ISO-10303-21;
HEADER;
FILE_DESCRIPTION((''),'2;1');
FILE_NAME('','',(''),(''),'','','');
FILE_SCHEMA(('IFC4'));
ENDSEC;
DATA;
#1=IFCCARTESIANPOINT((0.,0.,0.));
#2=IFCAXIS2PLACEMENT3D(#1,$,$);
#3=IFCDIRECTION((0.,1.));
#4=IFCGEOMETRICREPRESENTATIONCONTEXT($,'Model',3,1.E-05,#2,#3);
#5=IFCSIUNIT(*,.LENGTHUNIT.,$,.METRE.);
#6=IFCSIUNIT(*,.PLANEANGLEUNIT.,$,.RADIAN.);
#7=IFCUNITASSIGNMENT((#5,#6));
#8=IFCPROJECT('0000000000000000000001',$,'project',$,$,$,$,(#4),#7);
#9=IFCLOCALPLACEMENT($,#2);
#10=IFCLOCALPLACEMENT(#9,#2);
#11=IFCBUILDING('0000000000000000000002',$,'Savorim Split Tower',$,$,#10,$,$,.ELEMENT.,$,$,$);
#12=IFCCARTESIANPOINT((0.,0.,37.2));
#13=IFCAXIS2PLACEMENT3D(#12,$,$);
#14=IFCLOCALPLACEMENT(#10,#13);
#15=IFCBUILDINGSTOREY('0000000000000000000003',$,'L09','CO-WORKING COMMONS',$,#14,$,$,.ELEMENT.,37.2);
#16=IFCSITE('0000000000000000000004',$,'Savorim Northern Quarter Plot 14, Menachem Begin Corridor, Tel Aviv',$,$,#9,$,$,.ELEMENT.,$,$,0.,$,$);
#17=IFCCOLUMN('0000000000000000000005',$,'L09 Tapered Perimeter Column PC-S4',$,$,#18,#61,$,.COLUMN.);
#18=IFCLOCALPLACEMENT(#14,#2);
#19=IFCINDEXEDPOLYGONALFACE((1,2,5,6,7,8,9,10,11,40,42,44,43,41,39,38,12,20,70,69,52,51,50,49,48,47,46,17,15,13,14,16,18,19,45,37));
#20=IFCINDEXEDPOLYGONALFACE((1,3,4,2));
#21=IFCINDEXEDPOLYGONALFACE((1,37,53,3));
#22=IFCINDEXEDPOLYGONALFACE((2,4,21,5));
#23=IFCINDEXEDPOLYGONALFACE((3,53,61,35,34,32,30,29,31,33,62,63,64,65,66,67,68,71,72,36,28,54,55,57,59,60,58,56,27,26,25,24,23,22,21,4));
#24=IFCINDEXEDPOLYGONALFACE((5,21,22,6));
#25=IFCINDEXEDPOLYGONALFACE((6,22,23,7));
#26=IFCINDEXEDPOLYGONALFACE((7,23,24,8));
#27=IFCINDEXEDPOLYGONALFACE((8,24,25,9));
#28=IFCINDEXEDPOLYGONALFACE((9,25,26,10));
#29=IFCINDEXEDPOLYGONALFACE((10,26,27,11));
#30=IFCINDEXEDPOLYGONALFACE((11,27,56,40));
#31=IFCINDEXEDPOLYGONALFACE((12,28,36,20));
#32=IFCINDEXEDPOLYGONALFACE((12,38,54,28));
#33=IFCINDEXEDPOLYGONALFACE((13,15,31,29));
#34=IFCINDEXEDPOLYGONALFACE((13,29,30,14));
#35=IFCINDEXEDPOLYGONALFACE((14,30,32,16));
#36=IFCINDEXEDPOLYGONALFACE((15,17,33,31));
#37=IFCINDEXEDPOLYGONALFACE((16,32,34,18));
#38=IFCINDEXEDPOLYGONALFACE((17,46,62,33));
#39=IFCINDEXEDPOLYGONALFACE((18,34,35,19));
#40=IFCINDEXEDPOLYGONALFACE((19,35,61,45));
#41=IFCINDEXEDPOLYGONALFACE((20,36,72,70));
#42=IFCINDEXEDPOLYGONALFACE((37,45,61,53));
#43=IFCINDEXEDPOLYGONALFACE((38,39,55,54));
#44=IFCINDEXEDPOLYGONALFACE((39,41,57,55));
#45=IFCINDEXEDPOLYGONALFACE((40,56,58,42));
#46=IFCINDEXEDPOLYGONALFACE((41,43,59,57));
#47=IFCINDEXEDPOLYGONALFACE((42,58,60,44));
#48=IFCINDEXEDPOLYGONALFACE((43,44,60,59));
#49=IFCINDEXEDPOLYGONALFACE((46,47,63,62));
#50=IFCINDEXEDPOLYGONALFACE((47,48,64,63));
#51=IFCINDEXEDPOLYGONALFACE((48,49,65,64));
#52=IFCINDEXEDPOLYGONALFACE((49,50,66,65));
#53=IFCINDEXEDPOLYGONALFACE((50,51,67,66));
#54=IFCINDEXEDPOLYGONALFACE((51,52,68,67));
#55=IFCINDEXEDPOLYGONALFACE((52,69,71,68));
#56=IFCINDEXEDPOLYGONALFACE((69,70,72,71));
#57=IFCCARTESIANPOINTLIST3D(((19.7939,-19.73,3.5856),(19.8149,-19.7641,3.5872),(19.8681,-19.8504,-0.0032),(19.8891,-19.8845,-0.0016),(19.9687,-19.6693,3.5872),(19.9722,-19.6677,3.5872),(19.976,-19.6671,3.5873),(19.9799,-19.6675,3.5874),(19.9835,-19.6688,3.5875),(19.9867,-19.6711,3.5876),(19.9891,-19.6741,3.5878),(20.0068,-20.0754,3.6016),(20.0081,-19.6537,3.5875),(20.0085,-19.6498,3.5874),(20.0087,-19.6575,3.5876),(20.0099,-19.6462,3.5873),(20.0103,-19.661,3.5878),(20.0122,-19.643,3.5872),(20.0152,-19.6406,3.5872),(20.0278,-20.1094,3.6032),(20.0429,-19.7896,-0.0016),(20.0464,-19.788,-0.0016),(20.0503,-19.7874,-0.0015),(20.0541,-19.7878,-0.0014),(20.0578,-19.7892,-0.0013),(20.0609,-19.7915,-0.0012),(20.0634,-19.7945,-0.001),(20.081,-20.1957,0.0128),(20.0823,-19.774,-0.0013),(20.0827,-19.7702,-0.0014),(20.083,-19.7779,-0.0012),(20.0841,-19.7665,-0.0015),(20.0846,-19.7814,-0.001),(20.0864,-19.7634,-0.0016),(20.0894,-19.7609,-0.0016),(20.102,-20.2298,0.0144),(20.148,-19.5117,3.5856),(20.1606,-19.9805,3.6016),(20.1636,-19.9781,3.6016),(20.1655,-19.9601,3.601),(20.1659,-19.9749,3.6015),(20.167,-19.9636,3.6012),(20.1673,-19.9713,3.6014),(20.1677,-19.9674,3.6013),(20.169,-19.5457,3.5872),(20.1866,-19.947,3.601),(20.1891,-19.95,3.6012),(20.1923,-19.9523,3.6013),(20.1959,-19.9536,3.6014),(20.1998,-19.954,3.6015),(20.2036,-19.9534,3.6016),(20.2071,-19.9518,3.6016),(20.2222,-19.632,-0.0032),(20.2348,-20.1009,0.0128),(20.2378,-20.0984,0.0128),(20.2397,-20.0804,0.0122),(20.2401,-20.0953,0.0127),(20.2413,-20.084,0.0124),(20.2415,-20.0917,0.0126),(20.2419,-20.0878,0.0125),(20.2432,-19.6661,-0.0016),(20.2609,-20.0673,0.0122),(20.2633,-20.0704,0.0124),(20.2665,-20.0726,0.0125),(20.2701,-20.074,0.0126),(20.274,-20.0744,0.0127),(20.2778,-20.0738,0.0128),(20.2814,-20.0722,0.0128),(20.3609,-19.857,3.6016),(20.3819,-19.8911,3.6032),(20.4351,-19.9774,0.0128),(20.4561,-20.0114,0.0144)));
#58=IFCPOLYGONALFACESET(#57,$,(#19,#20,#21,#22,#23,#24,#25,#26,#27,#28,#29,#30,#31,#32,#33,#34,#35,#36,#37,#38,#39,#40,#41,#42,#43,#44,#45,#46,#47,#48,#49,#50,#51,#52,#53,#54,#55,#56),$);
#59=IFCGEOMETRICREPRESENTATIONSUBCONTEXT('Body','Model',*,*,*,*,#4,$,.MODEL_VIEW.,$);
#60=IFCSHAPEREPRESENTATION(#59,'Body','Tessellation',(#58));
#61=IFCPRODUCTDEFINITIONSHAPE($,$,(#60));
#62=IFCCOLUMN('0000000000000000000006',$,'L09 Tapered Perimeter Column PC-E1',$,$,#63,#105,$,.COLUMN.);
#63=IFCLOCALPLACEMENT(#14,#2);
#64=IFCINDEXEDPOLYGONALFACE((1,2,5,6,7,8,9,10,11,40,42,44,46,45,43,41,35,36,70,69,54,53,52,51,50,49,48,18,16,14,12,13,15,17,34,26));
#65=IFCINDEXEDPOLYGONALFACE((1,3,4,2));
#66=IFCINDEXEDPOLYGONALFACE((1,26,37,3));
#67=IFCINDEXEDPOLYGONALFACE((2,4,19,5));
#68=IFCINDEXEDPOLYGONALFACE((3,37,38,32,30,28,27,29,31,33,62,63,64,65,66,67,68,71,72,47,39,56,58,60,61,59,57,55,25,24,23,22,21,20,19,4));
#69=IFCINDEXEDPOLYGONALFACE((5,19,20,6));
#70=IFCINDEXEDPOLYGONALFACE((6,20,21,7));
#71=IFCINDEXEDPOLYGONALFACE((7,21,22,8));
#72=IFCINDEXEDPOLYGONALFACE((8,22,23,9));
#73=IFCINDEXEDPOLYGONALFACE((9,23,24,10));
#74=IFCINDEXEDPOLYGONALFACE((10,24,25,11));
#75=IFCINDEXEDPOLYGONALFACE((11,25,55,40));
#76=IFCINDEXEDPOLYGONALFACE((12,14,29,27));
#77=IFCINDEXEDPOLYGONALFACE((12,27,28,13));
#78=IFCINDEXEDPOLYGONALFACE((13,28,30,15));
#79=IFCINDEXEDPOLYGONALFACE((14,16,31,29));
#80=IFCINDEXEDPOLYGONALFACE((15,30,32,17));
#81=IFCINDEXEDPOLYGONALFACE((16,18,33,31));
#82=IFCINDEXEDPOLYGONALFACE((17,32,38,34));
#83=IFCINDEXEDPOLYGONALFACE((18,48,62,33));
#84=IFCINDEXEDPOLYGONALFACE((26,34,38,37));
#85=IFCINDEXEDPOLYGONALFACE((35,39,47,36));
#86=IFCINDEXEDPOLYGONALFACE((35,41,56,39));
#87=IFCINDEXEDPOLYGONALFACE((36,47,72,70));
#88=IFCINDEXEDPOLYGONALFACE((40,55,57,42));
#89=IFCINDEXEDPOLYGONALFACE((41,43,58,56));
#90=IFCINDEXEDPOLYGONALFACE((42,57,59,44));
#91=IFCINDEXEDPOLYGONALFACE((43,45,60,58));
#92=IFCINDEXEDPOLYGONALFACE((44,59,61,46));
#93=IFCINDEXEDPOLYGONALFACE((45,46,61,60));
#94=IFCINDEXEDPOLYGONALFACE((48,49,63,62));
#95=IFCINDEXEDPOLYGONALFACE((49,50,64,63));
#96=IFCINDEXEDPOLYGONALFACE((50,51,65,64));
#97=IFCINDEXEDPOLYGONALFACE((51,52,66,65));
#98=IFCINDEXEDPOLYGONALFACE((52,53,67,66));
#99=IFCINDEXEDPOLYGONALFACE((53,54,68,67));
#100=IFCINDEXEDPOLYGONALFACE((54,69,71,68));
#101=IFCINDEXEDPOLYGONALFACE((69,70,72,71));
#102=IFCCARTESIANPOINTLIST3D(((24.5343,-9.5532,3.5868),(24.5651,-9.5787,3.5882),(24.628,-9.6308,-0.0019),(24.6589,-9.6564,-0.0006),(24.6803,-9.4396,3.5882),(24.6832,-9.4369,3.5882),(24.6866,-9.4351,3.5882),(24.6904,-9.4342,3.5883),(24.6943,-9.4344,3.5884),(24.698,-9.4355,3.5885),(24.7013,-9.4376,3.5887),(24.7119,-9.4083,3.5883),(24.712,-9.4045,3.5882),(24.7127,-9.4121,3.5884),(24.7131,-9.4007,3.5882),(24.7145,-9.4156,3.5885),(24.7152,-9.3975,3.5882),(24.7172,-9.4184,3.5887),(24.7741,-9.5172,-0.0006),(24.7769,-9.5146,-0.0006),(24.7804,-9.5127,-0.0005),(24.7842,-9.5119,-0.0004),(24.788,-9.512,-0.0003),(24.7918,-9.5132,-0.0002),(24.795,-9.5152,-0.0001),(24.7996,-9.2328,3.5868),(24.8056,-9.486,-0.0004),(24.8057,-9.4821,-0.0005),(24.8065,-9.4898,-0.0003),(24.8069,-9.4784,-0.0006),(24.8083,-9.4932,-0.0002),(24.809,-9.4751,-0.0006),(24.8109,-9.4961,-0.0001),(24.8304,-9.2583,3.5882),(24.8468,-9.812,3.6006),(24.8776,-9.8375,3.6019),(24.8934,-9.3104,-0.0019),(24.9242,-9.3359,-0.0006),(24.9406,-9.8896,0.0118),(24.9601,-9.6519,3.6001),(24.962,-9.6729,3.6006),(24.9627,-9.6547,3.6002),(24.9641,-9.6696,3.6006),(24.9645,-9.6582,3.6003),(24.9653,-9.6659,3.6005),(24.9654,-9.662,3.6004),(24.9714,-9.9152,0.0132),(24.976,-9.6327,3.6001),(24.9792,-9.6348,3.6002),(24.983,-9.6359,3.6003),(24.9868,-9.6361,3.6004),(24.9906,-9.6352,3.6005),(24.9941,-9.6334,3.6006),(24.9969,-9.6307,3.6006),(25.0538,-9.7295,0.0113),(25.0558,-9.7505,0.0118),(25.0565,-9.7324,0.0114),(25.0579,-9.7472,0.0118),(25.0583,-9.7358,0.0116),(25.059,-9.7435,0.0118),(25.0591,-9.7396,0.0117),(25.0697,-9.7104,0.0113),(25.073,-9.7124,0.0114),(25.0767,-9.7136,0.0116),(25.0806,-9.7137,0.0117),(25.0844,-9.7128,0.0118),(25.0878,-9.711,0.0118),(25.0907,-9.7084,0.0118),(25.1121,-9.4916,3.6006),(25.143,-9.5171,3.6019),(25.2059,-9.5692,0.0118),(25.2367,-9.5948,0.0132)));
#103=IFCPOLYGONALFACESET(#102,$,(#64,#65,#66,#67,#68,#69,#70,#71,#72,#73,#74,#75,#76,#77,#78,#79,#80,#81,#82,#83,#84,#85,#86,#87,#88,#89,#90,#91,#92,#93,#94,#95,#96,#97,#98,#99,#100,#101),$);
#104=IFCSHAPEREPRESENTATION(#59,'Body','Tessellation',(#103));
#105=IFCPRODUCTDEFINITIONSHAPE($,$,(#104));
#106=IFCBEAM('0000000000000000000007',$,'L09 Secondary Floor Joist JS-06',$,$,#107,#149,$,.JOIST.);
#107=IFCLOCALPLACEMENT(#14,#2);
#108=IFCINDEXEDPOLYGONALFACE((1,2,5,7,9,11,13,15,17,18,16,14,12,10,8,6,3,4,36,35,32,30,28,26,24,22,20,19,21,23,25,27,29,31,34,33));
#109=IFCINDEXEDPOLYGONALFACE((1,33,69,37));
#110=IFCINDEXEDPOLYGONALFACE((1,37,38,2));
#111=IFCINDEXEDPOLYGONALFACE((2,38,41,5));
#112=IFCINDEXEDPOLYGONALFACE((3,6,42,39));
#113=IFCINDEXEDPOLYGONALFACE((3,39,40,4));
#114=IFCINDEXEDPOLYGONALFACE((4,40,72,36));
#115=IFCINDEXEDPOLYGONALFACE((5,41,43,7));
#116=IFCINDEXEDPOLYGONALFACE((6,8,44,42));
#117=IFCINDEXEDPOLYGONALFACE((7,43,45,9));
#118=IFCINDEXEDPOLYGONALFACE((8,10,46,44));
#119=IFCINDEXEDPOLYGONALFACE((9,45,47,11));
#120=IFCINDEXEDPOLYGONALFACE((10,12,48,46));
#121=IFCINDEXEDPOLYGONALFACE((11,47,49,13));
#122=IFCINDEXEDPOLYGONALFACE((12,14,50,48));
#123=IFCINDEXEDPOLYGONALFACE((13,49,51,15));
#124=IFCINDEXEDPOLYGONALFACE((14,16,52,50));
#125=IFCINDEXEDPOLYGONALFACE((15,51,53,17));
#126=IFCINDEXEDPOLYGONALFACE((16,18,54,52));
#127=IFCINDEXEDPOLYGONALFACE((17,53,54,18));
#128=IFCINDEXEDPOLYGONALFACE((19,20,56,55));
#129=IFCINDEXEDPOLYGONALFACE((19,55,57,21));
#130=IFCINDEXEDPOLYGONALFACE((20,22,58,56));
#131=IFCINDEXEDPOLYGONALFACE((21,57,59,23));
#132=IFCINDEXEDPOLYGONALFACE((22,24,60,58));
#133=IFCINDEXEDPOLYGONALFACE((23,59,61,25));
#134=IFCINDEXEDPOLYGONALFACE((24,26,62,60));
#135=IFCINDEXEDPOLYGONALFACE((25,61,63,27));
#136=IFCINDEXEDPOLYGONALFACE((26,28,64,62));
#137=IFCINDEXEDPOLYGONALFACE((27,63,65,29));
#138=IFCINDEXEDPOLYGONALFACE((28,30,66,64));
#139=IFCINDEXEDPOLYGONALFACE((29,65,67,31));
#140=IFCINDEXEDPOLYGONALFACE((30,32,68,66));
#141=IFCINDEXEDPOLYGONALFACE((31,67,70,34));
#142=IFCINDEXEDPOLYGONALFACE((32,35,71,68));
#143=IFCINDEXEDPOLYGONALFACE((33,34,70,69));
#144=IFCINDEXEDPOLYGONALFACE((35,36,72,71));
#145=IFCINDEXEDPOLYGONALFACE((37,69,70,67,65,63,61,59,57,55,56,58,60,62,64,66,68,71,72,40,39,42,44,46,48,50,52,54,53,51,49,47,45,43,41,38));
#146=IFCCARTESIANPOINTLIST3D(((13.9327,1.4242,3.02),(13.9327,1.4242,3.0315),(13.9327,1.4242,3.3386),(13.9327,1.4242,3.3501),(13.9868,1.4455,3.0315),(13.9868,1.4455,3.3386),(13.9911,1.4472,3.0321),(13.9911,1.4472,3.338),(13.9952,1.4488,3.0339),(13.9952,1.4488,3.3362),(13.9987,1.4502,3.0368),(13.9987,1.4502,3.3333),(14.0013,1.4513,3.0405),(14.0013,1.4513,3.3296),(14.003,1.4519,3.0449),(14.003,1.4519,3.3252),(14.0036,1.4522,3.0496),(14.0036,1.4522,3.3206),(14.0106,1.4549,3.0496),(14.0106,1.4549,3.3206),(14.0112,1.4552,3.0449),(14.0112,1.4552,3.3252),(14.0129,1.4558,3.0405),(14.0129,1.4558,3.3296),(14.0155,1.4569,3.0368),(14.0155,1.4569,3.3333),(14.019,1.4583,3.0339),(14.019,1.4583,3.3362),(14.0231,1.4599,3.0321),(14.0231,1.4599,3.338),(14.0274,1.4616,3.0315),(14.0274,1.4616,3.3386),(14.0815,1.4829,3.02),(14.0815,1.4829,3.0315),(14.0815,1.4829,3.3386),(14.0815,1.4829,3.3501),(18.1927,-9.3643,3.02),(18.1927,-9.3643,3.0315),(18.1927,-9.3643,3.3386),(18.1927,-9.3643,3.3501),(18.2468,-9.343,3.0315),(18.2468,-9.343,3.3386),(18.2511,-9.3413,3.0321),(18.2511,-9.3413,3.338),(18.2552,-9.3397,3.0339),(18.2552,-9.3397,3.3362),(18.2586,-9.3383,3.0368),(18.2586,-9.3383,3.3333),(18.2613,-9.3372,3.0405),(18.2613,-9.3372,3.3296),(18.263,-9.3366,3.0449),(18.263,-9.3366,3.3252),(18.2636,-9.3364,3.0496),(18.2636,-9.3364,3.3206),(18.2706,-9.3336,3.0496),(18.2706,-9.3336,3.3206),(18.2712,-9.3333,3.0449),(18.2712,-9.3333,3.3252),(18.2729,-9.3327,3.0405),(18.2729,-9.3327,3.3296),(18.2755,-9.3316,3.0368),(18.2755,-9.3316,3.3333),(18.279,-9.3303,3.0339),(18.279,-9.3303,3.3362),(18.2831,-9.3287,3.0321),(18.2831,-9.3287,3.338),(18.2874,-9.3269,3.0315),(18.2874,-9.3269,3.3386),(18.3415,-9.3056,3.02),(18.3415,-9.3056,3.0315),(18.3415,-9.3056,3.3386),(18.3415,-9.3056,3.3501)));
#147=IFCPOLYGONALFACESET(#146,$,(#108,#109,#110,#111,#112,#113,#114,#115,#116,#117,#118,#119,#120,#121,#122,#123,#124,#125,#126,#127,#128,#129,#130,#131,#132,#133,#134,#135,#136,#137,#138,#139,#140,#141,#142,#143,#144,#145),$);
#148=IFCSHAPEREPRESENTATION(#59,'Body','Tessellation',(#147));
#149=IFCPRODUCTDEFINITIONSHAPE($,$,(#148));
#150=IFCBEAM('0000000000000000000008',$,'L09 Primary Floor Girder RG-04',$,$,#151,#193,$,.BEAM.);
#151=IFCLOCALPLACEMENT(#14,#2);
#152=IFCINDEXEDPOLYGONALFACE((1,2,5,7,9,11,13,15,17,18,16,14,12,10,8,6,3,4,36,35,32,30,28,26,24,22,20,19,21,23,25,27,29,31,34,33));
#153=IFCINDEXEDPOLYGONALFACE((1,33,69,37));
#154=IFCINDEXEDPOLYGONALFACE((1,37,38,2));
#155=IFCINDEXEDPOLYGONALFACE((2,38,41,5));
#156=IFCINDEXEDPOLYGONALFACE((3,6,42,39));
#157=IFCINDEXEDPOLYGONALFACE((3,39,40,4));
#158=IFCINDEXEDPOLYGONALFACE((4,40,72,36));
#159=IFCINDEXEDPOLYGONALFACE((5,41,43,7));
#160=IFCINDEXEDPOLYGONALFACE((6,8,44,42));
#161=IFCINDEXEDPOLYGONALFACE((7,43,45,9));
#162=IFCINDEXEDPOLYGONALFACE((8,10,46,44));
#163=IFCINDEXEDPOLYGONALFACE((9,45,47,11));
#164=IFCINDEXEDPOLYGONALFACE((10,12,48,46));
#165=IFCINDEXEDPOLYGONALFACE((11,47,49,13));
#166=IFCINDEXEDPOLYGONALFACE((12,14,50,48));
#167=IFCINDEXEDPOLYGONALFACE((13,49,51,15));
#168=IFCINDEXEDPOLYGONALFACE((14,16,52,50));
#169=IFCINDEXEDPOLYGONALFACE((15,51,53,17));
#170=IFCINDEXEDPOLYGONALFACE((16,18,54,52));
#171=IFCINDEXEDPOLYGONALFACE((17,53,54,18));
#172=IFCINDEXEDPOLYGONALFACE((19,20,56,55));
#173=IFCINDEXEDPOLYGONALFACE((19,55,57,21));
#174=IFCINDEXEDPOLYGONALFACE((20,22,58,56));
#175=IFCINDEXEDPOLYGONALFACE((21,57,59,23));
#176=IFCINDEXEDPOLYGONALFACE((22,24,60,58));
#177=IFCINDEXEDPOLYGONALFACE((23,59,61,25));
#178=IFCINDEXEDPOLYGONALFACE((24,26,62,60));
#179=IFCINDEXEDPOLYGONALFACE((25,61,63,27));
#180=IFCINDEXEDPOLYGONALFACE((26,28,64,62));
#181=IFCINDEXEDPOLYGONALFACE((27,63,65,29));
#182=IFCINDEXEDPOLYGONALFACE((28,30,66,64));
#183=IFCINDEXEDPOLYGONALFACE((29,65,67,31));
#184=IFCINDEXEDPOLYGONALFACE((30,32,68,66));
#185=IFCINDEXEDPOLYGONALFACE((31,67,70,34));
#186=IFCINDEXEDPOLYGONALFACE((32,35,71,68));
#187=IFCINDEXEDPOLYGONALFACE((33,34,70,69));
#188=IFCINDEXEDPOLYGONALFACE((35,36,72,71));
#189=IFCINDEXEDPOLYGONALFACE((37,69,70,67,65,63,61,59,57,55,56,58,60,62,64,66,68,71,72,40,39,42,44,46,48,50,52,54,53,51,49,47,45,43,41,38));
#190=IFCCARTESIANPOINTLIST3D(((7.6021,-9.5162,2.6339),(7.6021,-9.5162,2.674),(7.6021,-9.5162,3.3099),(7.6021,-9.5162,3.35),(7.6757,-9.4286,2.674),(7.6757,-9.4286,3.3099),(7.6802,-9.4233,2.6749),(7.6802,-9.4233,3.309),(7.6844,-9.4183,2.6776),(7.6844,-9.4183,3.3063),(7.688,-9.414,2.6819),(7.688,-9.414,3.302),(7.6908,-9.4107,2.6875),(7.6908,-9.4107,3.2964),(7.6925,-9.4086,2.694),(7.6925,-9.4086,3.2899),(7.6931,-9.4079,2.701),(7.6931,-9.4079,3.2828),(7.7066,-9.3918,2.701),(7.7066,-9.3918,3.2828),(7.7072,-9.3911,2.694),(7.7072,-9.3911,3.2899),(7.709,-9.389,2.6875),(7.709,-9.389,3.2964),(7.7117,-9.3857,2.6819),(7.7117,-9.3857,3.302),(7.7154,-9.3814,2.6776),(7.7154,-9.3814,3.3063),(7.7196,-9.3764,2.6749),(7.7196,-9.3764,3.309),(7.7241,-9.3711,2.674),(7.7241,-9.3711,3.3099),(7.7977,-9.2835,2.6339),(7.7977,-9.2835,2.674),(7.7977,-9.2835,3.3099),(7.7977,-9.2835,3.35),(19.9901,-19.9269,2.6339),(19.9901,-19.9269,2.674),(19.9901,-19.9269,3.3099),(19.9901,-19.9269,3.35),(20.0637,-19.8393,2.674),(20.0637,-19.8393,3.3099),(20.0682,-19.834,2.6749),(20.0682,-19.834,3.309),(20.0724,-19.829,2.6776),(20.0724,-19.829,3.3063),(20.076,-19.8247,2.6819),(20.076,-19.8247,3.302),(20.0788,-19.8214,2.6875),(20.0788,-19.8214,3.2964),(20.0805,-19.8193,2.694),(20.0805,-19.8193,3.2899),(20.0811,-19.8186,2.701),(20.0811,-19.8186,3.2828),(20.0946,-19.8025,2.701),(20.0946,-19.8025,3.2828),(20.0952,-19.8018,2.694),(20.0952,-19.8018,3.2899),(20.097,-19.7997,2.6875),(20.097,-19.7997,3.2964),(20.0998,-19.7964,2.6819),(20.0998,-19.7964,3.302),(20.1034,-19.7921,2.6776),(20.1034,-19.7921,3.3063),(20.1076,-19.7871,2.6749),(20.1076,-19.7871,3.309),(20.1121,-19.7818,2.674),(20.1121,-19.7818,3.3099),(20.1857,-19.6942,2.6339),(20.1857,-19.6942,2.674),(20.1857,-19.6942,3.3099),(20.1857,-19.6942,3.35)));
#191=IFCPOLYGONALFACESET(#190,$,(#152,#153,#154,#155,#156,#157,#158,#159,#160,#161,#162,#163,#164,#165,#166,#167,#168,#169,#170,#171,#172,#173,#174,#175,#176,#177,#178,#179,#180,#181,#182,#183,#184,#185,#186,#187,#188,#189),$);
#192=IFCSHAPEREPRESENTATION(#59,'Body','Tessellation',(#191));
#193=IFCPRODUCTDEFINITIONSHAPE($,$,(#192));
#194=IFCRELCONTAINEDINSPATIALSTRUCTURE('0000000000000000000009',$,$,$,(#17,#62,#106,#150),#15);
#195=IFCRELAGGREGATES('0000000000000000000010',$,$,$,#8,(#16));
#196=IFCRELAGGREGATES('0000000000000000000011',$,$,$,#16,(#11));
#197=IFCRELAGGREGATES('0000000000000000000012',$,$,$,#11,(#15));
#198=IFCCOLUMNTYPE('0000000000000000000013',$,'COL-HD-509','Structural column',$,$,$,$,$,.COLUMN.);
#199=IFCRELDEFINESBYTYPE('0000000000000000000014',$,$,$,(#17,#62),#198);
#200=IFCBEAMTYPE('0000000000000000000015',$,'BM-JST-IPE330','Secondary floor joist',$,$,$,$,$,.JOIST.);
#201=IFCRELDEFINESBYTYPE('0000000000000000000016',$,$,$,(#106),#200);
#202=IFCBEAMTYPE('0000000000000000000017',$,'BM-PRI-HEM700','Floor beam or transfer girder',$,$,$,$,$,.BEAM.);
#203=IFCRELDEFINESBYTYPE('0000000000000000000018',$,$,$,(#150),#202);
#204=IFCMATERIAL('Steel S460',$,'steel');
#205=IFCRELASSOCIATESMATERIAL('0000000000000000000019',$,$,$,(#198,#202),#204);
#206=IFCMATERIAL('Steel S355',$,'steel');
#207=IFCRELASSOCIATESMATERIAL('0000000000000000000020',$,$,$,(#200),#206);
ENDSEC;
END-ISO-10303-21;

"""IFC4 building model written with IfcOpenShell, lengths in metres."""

from ifc_helpers import new_model, si_unit, direction, frame, origin, origin_2d, place, context, subcontext, project, spatial, i_section, extrude, material, material_profile, profile_set, type_object, element, save


model = new_model("IFC4")

# Units and contexts
model_context = context("Model", 3, precision=1e-05, world=origin(), true_north=direction((0.0, 1.0)))
body_context = subcontext(model_context, "Body", "Model", "MODEL_VIEW")
ifc_project = project(units=[si_unit("LENGTHUNIT", "METRE"), si_unit("PLANEANGLEUNIT", "RADIAN")], contexts=[model_context])

# Site, building, storey
site_placement = place(None, origin())
site = spatial("IfcSite", under=ifc_project, at=site_placement, Name="Savorim Northern Quarter Plot 14, Menachem Begin Corridor, Tel Aviv", CompositionType="ELEMENT", RefElevation=0.0)
building_placement = place(site_placement, origin())
building = spatial("IfcBuilding", under=site, at=building_placement, Name="Savorim Split Tower", CompositionType="ELEMENT")
storey_placement = place(building_placement, frame((0.0, 0.0, 37.2)))
storey = spatial("IfcBuildingStorey", under=building, at=storey_placement, Name="L09", Description="CO-WORKING COMMONS", CompositionType="ELEMENT", Elevation=37.2)

# Columns
ifc_material_1 = material(Name="Steel S460", Category="steel")
ifc_material_profile_1 = material_profile(ifc_material_1, i_section(OverallWidth=0.416, OverallDepth=0.446, WebThickness=0.0249, FlangeThickness=0.04, FilletRadius=0.0149, at=origin_2d()), Name="HD 400x509")
ifc_profile_set_1 = profile_set([ifc_material_profile_1], Name="Steel S460")
column_type = type_object("IfcColumnType", Name="COL-HD-509", Description="Structural column", PredefinedType="COLUMN", material=ifc_profile_set_1)
column_1_placement = place(storey_placement, frame((20.1621, -19.9309, 0.0056), z_axis=(-0.020664, 0.033511, 0.999225), x_axis=(-0.851184, -0.524868, 0.0)))
element("IfcColumn", 1, at=column_1_placement, inside=storey, type_object=column_type, Name="L09 Tapered Perimeter Column PC-S4", PredefinedType="COLUMN", context=body_context, shape_type="SweptSolid", body=[
    extrude(i_section(OverallWidth=0.416, OverallDepth=0.446, WebThickness=0.0249, FlangeThickness=0.04, FilletRadius=0.0149, at=origin_2d()), origin(), (0.0, 0.0, 1.0), 3.5916),
])
column_2_placement = place(storey_placement, frame((24.9324, -9.6128, 0.0056), z_axis=(-0.026107, 0.02162, 0.999425), x_axis=(-0.637814, -0.77019, 0.0)))
element("IfcColumn", 2, at=column_2_placement, inside=storey, type_object=column_type, Name="L09 Tapered Perimeter Column PC-E1", PredefinedType="COLUMN", context=body_context, shape_type="SweptSolid", body=[
    extrude(i_section(OverallWidth=0.416, OverallDepth=0.446, WebThickness=0.0249, FlangeThickness=0.04, FilletRadius=0.0149, at=origin_2d()), origin(), (0.0, 0.0, 1.0), 3.5908),
])

# Beams
ifc_material_2 = material(Name="Steel S355", Category="steel")
ifc_material_profile_2 = material_profile(ifc_material_2, i_section(OverallWidth=0.1599, OverallDepth=0.3301, WebThickness=0.0076, FlangeThickness=0.0115, FilletRadius=0.0181, at=origin_2d()), Name="IPE 330")
ifc_profile_set_2 = profile_set([ifc_material_profile_2], Name="Steel S355")
beam_type_1 = type_object("IfcBeamType", Name="BM-JST-IPE330", Description="Secondary floor joist", PredefinedType="JOIST", material=ifc_profile_set_2)
beam_1_placement = place(storey_placement, frame((18.2671, -9.335, 3.1851), z_axis=(-0.367268, 0.930115, 0.0), x_axis=(-0.930115, -0.367268, 0.0)))
element("IfcBeam", 3, at=beam_1_placement, inside=storey, type_object=beam_type_1, Name="L09 Secondary Floor Joist JS-06", PredefinedType="JOIST", context=body_context, shape_type="SweptSolid", body=[
    extrude(i_section(OverallWidth=0.1599, OverallDepth=0.3301, WebThickness=0.0076, FlangeThickness=0.0115, FilletRadius=0.0181, at=origin_2d()), origin(), (0.0, 0.0, 1.0), 11.5991),
])
ifc_material_profile_3 = material_profile(ifc_material_1, i_section(OverallWidth=0.304, OverallDepth=0.7161, WebThickness=0.021, FlangeThickness=0.04, FilletRadius=0.0271, at=origin_2d()), Name="HE 700 M")
ifc_profile_set_3 = profile_set([ifc_material_profile_3], Name="Steel S460")
beam_type_2 = type_object("IfcBeamType", Name="BM-PRI-HEM700", Description="Floor beam or transfer girder", PredefinedType="BEAM", material=ifc_profile_set_3)
beam_2_placement = place(storey_placement, frame((20.0879, -19.8105, 2.9919), z_axis=(-0.76556, 0.643365, 0.0), x_axis=(-0.643365, -0.76556, 0.0)))
element("IfcBeam", 4, at=beam_2_placement, inside=storey, type_object=beam_type_2, Name="L09 Primary Floor Girder RG-04", PredefinedType="BEAM", context=body_context, shape_type="SweptSolid", body=[
    extrude(i_section(OverallWidth=0.304, OverallDepth=0.7161, WebThickness=0.021, FlangeThickness=0.04, FilletRadius=0.0271, at=origin_2d()), origin(), (0.0, 0.0, 1.0), 16.1816),
])

save(model, "model.ifc")
